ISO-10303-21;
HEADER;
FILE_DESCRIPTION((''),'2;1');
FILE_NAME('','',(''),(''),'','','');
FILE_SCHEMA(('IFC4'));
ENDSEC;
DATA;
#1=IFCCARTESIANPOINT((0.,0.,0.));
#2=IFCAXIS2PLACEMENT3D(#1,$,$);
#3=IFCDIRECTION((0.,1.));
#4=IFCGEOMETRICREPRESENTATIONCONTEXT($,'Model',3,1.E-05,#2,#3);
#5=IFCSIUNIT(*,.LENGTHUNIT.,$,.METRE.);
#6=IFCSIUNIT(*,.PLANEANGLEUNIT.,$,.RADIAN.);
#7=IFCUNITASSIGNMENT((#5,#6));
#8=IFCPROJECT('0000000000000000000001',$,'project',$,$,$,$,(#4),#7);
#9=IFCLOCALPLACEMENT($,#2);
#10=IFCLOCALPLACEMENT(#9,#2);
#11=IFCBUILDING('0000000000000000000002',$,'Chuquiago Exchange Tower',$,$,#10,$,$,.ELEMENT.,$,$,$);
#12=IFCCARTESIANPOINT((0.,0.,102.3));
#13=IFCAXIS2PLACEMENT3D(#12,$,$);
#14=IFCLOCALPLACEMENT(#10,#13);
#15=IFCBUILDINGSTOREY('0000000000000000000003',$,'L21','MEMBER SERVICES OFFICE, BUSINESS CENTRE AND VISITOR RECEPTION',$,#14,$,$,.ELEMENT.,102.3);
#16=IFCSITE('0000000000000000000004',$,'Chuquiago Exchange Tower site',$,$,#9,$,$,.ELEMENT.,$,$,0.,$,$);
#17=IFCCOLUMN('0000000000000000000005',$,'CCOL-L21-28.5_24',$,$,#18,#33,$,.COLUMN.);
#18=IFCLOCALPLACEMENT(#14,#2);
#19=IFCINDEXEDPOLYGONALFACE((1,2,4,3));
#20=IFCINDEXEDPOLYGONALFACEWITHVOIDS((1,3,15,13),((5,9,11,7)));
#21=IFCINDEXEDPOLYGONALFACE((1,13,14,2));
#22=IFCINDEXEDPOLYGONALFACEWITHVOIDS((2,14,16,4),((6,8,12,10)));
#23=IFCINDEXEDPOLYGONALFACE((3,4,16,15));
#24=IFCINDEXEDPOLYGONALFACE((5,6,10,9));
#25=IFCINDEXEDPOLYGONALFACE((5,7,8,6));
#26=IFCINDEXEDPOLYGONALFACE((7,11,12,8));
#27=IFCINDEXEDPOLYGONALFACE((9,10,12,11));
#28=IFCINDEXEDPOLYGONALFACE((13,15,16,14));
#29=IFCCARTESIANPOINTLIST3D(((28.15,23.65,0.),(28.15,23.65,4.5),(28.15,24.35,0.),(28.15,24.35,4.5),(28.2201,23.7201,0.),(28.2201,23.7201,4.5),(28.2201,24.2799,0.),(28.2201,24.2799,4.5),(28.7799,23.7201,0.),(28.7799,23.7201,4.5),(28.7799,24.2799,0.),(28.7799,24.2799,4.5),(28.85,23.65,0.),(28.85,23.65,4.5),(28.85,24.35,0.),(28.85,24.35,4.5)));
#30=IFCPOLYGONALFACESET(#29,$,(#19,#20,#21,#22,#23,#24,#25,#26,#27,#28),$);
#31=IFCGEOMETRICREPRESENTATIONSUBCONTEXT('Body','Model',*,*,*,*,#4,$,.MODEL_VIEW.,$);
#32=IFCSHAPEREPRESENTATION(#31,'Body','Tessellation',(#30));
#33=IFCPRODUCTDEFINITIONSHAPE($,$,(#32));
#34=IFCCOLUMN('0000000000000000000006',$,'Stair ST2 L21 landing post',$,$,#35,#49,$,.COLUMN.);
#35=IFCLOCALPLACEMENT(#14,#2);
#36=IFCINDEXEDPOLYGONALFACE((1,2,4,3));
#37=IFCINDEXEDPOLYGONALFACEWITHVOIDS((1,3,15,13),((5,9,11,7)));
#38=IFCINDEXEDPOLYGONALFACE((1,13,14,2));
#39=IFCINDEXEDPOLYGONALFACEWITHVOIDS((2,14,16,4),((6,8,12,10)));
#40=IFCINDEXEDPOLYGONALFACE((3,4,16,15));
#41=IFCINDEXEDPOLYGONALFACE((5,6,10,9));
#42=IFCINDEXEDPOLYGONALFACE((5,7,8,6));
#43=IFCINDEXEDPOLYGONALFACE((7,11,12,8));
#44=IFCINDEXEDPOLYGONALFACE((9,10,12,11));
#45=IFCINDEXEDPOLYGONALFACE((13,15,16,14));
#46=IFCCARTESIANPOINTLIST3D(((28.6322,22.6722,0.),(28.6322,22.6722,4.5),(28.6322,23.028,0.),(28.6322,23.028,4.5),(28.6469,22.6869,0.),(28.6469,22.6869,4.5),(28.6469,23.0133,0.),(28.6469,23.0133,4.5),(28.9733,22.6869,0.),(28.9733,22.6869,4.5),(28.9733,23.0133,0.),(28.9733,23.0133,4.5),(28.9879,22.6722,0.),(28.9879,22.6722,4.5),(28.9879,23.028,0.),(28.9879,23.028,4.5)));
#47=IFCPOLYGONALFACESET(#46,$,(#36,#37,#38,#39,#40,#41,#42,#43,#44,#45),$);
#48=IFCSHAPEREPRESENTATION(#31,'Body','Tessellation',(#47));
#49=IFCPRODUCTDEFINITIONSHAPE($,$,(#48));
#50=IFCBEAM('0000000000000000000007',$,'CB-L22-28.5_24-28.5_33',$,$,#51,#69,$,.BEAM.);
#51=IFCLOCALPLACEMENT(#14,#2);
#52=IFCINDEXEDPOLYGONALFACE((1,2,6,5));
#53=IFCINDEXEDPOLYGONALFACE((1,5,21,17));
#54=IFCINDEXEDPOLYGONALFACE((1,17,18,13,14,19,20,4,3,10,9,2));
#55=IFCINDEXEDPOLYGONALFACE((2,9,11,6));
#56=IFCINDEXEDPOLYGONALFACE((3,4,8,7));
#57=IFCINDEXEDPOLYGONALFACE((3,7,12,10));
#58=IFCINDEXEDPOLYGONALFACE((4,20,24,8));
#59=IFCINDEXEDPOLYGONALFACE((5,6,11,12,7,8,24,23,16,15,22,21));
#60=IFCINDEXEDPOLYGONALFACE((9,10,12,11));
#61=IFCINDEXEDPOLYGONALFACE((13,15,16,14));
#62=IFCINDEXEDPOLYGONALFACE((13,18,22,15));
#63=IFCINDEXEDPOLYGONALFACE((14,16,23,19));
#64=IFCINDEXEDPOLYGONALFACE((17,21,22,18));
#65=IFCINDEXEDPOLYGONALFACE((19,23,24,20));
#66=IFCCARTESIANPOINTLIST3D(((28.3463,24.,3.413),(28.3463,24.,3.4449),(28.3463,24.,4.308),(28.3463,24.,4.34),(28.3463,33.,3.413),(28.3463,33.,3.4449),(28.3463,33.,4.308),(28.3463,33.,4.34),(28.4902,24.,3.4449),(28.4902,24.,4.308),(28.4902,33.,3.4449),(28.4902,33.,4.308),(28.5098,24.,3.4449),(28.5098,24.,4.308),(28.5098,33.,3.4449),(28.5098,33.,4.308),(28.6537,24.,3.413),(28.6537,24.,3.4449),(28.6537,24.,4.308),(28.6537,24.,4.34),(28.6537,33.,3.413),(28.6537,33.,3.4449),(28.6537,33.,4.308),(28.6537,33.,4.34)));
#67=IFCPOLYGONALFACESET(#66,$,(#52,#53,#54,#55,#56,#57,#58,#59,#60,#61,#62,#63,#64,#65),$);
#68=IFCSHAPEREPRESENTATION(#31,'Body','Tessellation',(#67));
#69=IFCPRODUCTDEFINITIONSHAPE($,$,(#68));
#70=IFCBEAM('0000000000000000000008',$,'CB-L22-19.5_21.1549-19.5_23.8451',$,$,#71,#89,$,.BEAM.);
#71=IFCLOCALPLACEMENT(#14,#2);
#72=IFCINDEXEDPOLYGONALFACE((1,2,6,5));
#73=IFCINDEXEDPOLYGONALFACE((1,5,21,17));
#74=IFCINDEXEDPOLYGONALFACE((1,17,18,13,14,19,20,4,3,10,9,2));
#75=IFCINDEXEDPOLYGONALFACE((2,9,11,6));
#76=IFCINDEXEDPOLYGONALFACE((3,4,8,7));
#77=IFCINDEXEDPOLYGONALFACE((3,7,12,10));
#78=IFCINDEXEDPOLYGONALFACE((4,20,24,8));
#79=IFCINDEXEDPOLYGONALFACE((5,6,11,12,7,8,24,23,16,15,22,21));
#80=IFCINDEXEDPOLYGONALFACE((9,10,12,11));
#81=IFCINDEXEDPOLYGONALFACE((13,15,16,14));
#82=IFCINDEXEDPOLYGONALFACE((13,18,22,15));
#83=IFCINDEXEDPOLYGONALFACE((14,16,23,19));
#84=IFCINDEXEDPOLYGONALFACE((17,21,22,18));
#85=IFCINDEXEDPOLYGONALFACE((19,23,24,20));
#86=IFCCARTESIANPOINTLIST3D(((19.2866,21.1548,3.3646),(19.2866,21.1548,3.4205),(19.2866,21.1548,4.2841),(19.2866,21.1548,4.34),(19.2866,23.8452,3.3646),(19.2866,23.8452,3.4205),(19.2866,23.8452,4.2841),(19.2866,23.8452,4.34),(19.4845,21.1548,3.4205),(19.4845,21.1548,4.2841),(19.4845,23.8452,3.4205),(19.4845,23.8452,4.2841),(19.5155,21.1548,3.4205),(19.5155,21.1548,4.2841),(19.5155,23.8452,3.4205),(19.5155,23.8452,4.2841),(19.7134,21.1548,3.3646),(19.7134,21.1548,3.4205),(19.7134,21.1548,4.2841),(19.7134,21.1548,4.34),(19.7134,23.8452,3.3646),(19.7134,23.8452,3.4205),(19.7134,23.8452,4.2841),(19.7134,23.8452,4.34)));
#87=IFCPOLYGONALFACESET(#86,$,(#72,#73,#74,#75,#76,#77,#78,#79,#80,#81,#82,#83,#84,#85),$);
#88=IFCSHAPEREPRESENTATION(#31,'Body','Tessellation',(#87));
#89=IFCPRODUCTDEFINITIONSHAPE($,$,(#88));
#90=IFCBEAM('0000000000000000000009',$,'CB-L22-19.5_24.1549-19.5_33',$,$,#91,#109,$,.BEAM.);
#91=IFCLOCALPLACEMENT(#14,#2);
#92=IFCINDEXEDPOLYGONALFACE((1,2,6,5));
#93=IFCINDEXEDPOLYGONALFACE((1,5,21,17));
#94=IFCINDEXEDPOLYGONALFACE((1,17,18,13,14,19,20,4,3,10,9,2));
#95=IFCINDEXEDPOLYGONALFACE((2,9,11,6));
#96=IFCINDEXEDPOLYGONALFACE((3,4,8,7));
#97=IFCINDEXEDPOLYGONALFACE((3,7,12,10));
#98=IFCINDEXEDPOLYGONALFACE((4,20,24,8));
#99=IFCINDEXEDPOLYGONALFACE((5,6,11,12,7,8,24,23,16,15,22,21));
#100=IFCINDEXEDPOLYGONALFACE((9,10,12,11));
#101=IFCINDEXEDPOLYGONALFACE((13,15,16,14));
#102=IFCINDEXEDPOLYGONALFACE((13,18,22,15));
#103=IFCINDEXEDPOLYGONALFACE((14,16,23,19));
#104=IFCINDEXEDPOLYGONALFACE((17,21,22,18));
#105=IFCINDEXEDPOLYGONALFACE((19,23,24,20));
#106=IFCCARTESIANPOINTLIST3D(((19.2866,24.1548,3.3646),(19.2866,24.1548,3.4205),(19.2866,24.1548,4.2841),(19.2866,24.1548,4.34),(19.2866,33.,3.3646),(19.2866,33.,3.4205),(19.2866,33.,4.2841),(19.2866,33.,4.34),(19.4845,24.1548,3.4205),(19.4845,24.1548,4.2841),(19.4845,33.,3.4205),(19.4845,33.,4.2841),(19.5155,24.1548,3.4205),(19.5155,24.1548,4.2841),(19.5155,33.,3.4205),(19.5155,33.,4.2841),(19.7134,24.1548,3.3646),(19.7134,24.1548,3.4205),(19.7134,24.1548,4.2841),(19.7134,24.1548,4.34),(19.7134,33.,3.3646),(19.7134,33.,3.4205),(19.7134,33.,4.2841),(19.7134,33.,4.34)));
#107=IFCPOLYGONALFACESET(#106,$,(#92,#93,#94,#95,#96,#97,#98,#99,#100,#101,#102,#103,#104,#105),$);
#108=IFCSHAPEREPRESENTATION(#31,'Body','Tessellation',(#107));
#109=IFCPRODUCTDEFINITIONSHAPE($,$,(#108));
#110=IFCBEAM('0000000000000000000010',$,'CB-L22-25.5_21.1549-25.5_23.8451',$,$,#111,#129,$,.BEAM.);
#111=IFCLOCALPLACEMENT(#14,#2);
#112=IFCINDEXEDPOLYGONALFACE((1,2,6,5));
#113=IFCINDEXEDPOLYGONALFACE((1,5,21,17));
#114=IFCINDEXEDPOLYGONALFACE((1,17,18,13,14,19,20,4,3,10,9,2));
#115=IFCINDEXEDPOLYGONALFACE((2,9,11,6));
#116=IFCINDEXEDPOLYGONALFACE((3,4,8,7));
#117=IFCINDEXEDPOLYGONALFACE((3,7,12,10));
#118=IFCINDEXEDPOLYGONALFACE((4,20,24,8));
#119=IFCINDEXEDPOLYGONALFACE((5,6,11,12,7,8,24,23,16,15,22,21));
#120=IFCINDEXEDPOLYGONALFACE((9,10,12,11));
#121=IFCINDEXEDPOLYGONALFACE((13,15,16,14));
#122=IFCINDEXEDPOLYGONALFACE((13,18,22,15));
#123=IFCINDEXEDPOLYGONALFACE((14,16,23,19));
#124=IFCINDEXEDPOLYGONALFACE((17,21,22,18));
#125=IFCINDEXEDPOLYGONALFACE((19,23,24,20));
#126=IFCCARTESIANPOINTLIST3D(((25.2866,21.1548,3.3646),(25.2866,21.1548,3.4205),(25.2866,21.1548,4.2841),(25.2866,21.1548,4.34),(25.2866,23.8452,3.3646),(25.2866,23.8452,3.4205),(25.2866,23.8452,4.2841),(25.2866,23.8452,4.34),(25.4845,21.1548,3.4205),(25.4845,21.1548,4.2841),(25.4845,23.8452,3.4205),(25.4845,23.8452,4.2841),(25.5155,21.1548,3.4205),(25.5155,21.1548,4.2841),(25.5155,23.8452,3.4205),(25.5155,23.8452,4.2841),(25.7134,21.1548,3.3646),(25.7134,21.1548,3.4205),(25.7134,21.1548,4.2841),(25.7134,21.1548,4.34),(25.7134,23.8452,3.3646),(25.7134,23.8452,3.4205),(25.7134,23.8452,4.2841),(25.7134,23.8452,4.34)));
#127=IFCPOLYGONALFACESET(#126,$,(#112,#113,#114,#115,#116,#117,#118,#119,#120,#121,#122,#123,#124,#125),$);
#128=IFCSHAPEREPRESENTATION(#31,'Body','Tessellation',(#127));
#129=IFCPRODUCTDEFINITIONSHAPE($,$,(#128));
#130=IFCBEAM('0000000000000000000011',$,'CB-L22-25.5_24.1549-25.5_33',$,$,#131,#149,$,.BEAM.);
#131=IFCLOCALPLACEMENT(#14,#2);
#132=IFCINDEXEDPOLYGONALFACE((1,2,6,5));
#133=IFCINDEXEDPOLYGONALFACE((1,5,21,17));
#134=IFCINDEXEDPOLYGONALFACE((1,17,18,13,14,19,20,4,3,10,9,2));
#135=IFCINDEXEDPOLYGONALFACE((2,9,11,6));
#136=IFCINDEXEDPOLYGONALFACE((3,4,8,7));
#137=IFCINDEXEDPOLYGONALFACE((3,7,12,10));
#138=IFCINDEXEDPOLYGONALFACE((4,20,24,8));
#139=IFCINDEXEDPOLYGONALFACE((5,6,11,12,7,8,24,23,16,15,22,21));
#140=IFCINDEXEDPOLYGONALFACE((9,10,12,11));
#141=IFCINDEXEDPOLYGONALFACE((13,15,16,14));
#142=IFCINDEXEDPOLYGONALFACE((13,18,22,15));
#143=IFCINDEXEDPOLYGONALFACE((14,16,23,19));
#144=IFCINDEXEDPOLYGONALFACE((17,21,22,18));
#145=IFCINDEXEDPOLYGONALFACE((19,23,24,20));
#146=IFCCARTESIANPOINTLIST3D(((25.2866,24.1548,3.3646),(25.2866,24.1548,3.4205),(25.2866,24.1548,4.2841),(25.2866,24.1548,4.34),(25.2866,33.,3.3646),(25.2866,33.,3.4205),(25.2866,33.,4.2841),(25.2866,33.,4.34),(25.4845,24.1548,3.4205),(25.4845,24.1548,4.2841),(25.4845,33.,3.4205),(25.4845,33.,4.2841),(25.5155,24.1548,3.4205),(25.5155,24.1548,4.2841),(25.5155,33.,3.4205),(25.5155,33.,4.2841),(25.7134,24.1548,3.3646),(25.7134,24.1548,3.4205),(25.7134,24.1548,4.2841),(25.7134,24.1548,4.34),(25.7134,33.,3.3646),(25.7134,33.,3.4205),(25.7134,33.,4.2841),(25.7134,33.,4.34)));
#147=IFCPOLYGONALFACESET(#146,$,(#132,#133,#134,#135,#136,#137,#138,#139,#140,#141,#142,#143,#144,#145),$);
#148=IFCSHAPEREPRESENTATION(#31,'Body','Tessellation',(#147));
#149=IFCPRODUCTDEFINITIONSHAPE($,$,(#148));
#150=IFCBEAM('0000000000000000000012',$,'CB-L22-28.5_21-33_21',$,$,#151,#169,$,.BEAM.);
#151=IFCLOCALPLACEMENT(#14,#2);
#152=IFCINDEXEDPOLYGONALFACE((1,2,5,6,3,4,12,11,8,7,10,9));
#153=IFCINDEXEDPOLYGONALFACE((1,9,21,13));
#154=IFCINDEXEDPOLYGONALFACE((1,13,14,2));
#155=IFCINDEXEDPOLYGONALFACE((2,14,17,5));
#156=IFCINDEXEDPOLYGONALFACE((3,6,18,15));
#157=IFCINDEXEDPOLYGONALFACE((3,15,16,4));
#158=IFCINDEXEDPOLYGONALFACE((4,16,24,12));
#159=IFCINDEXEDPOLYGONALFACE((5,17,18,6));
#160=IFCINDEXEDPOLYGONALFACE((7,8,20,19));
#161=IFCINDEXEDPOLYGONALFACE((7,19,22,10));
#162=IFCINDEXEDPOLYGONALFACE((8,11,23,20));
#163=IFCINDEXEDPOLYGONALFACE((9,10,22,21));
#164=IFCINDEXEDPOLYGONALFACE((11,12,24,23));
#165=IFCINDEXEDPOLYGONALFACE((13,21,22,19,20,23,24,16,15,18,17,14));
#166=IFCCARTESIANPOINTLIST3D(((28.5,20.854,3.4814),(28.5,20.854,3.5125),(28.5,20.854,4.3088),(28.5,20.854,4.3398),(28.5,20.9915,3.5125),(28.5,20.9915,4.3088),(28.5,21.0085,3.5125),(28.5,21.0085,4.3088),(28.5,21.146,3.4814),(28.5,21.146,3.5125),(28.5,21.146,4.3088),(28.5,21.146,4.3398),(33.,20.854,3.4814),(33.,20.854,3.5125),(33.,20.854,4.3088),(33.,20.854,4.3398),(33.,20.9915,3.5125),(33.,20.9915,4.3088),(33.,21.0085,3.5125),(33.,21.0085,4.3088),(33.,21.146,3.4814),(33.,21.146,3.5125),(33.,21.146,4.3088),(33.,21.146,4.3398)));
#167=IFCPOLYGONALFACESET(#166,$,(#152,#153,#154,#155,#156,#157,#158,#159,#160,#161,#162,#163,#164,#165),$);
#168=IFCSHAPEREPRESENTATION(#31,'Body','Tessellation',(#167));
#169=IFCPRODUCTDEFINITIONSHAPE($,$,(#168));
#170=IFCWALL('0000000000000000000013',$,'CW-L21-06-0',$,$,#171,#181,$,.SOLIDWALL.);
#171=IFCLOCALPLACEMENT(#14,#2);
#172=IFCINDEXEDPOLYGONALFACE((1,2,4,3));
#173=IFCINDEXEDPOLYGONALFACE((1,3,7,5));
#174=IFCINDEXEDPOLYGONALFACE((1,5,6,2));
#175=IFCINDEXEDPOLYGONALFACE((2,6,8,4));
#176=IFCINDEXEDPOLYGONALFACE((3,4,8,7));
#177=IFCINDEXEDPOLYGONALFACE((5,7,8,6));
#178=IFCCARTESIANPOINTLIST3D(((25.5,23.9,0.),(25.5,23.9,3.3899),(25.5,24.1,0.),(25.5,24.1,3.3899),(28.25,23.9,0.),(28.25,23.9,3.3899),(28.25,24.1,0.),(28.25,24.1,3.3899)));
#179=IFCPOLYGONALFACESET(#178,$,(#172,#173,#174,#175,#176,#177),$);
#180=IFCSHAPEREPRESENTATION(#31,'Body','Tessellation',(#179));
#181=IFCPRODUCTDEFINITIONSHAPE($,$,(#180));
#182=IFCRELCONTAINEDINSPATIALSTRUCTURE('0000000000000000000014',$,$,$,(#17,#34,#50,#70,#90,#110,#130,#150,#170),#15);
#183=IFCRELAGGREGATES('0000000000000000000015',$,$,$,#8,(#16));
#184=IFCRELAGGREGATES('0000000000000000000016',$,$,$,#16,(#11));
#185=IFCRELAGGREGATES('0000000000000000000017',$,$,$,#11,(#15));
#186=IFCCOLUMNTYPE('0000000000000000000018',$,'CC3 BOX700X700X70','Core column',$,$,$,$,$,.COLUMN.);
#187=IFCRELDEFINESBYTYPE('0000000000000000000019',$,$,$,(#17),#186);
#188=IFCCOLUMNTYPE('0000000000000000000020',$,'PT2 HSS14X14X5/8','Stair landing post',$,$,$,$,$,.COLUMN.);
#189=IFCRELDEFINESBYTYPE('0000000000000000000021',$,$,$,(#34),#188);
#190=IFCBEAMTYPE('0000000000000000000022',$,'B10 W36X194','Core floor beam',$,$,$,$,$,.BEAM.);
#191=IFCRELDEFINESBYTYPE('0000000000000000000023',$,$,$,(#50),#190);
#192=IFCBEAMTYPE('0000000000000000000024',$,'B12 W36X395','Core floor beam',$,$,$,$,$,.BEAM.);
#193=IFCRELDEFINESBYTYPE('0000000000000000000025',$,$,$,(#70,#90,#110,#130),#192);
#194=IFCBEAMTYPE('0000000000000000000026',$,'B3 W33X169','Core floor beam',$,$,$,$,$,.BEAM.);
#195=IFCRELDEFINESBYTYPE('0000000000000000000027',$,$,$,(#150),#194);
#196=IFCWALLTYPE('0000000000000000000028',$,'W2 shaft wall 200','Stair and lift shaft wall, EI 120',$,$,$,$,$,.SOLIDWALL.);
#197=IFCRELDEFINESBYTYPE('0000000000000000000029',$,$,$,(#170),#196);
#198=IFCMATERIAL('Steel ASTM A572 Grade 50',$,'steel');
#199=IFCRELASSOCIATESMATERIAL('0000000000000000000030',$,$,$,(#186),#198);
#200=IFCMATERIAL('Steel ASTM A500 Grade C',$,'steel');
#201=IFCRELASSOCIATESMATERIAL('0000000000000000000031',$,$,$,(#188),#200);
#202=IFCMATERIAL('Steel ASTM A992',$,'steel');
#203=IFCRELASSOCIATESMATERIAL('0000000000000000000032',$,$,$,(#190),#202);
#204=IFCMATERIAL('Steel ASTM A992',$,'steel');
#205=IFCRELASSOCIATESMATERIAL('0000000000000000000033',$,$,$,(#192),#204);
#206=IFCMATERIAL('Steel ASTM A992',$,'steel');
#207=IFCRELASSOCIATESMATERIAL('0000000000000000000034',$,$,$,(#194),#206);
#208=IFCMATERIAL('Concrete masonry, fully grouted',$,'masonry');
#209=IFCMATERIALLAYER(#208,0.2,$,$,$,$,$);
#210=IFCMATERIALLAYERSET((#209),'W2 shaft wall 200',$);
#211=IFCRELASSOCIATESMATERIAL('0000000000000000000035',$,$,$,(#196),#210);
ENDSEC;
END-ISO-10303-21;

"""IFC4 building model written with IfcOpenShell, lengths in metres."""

from ifc_helpers import new_model, si_unit, direction, frame, frame_2d, origin, origin_2d, place, context, subcontext, project, spatial, rectangle, hollow_rectangle, i_section, extrude, material, layer, layer_set, material_profile, profile_set, type_object, element, save


model = new_model("IFC4")

# Units and contexts
model_context = context("Model", 3, precision=1e-05, world=origin(), true_north=direction((0.0, 1.0)))
body_context = subcontext(model_context, "Body", "Model", "MODEL_VIEW")
ifc_project = project(units=[si_unit("LENGTHUNIT", "METRE"), si_unit("PLANEANGLEUNIT", "RADIAN")], contexts=[model_context])

# Site, building, storey
site_placement = place(None, origin())
site = spatial("IfcSite", under=ifc_project, at=site_placement, Name="Chuquiago Exchange Tower site", CompositionType="ELEMENT", RefElevation=0.0)
building_placement = place(site_placement, origin())
building = spatial("IfcBuilding", under=site, at=building_placement, Name="Chuquiago Exchange Tower", CompositionType="ELEMENT")
storey_placement = place(building_placement, frame((0.0, 0.0, 102.3)))
storey = spatial("IfcBuildingStorey", under=building, at=storey_placement, Name="L21", Description="MEMBER SERVICES OFFICE, BUSINESS CENTRE AND VISITOR RECEPTION", CompositionType="ELEMENT", Elevation=102.3)

# Columns
ifc_material_1 = material(Name="Steel ASTM A572 Grade 50", Category="steel")
ifc_material_profile_1 = material_profile(ifc_material_1, hollow_rectangle(XDim=0.7, YDim=0.7, WallThickness=0.0701, at=origin_2d()), Name="BOX700X700X70")
ifc_profile_set_1 = profile_set([ifc_material_profile_1], Name="Steel ASTM A572 Grade 50")
column_type_1 = type_object("IfcColumnType", Name="CC3 BOX700X700X70", Description="Core column", PredefinedType="COLUMN", material=ifc_profile_set_1)
column_1_placement = place(storey_placement, frame((28.5, 24.0, 0.0), z_axis=(0.0, 0.0, 1.0), x_axis=(1.0, 0.0, 0.0)))
element("IfcColumn", 1, at=column_1_placement, inside=storey, type_object=column_type_1, Name="CCOL-L21-28.5_24", PredefinedType="COLUMN", context=body_context, shape_type="SweptSolid", body=[
    extrude(hollow_rectangle(XDim=0.7, YDim=0.7, WallThickness=0.0701, at=origin_2d()), origin(), (0.0, 0.0, 1.0), 4.5),
])
ifc_material_2 = material(Name="Steel ASTM A500 Grade C", Category="steel")
ifc_material_profile_2 = material_profile(ifc_material_2, hollow_rectangle(XDim=0.3557, YDim=0.3557, WallThickness=0.0146, at=origin_2d()), Name="HSS14X14X5/8")
ifc_profile_set_2 = profile_set([ifc_material_profile_2], Name="Steel ASTM A500 Grade C")
column_type_2 = type_object("IfcColumnType", Name="PT2 HSS14X14X5/8", Description="Stair landing post", PredefinedType="COLUMN", material=ifc_profile_set_2)
column_2_placement = place(storey_placement, frame((28.8101, 22.8501, 0.0), z_axis=(0.0, 0.0, 1.0), x_axis=(1.0, 0.0, 0.0)))
element("IfcColumn", 2, at=column_2_placement, inside=storey, type_object=column_type_2, Name="Stair ST2 L21 landing post", PredefinedType="COLUMN", context=body_context, shape_type="SweptSolid", body=[
    extrude(hollow_rectangle(XDim=0.3557, YDim=0.3557, WallThickness=0.0146, at=origin_2d()), origin(), (0.0, 0.0, 1.0), 4.5),
])

# Beams
ifc_material_3 = material(Name="Steel ASTM A992", Category="steel")
ifc_material_profile_3 = material_profile(ifc_material_3, i_section(OverallWidth=0.3074, OverallDepth=0.927, WebThickness=0.0195, FlangeThickness=0.032, at=origin_2d()), Name="W36X194")
ifc_profile_set_3 = profile_set([ifc_material_profile_3], Name="Steel ASTM A992")
beam_type_1 = type_object("IfcBeamType", Name="B10 W36X194", Description="Core floor beam", PredefinedType="BEAM", material=ifc_profile_set_3)
beam_1_placement = place(storey_placement, frame((28.5, 24.0, 3.8765), z_axis=(0.0, 1.0, 0.0), x_axis=(-1.0, 0.0, 0.0)))
element("IfcBeam", 3, at=beam_1_placement, inside=storey, type_object=beam_type_1, Name="CB-L22-28.5_24-28.5_33", PredefinedType="BEAM", context=body_context, shape_type="SweptSolid", body=[
    extrude(i_section(OverallWidth=0.3074, OverallDepth=0.927, WebThickness=0.0195, FlangeThickness=0.032, at=origin_2d()), origin(), (0.0, 0.0, 1.0), 9.0),
])
ifc_material_4 = material(Name="Steel ASTM A992", Category="steel")
ifc_material_profile_4 = material_profile(ifc_material_4, i_section(OverallWidth=0.4268, OverallDepth=0.9753, WebThickness=0.031, FlangeThickness=0.0559, at=origin_2d()), Name="W36X395")
ifc_profile_set_4 = profile_set([ifc_material_profile_4], Name="Steel ASTM A992")
beam_type_2 = type_object("IfcBeamType", Name="B12 W36X395", Description="Core floor beam", PredefinedType="BEAM", material=ifc_profile_set_4)
beam_2_placement = place(storey_placement, frame((19.5, 21.1548, 3.8523), z_axis=(0.0, 1.0, 0.0), x_axis=(-1.0, 0.0, 0.0)))
element("IfcBeam", 4, at=beam_2_placement, inside=storey, type_object=beam_type_2, Name="CB-L22-19.5_21.1549-19.5_23.8451", PredefinedType="BEAM", context=body_context, shape_type="SweptSolid", body=[
    extrude(i_section(OverallWidth=0.4268, OverallDepth=0.9753, WebThickness=0.031, FlangeThickness=0.0559, at=origin_2d()), origin(), (0.0, 0.0, 1.0), 2.6904),
])
beam_3_placement = place(storey_placement, frame((19.5, 24.1548, 3.8523), z_axis=(0.0, 1.0, 0.0), x_axis=(-1.0, 0.0, 0.0)))
element("IfcBeam", 5, at=beam_3_placement, inside=storey, type_object=beam_type_2, Name="CB-L22-19.5_24.1549-19.5_33", PredefinedType="BEAM", context=body_context, shape_type="SweptSolid", body=[
    extrude(i_section(OverallWidth=0.4268, OverallDepth=0.9753, WebThickness=0.031, FlangeThickness=0.0559, at=origin_2d()), origin(), (0.0, 0.0, 1.0), 8.8452),
])
beam_4_placement = place(storey_placement, frame((25.5, 21.1548, 3.8523), z_axis=(0.0, 1.0, 0.0), x_axis=(-1.0, 0.0, 0.0)))
element("IfcBeam", 6, at=beam_4_placement, inside=storey, type_object=beam_type_2, Name="CB-L22-25.5_21.1549-25.5_23.8451", PredefinedType="BEAM", context=body_context, shape_type="SweptSolid", body=[
    extrude(i_section(OverallWidth=0.4268, OverallDepth=0.9753, WebThickness=0.031, FlangeThickness=0.0559, at=origin_2d()), origin(), (0.0, 0.0, 1.0), 2.6904),
])
beam_5_placement = place(storey_placement, frame((25.5, 24.1548, 3.8523), z_axis=(0.0, 1.0, 0.0), x_axis=(-1.0, 0.0, 0.0)))
element("IfcBeam", 7, at=beam_5_placement, inside=storey, type_object=beam_type_2, Name="CB-L22-25.5_24.1549-25.5_33", PredefinedType="BEAM", context=body_context, shape_type="SweptSolid", body=[
    extrude(i_section(OverallWidth=0.4268, OverallDepth=0.9753, WebThickness=0.031, FlangeThickness=0.0559, at=origin_2d()), origin(), (0.0, 0.0, 1.0), 8.8452),
])
ifc_material_5 = material(Name="Steel ASTM A992", Category="steel")
ifc_material_profile_5 = material_profile(ifc_material_5, i_section(OverallWidth=0.292, OverallDepth=0.8584, WebThickness=0.0171, FlangeThickness=0.031, at=origin_2d()), Name="W33X169")
ifc_profile_set_5 = profile_set([ifc_material_profile_5], Name="Steel ASTM A992")
beam_type_3 = type_object("IfcBeamType", Name="B3 W33X169", Description="Core floor beam", PredefinedType="BEAM", material=ifc_profile_set_5)
beam_6_placement = place(storey_placement, frame((28.5, 21.0, 3.9106), z_axis=(1.0, 0.0, 0.0), x_axis=(0.0, 1.0, 0.0)))
element("IfcBeam", 8, at=beam_6_placement, inside=storey, type_object=beam_type_3, Name="CB-L22-28.5_21-33_21", PredefinedType="BEAM", context=body_context, shape_type="SweptSolid", body=[
    extrude(i_section(OverallWidth=0.292, OverallDepth=0.8584, WebThickness=0.0171, FlangeThickness=0.031, at=origin_2d()), origin(), (0.0, 0.0, 1.0), 4.5),
])

# Wall
ifc_material_6 = material(Name="Concrete masonry, fully grouted", Category="masonry")
ifc_layer = layer(ifc_material_6, 0.2)
ifc_layer_set = layer_set([ifc_layer], Name="W2 shaft wall 200")
wall_type = type_object("IfcWallType", Name="W2 shaft wall 200", Description="Stair and lift shaft wall, EI 120", PredefinedType="SOLIDWALL", material=ifc_layer_set)
wall_1_placement = place(storey_placement, frame((25.5, 24.0, 0.0), z_axis=(0.0, 0.0, 1.0), x_axis=(1.0, 0.0, 0.0)))
element("IfcWall", 9, at=wall_1_placement, inside=storey, type_object=wall_type, Name="CW-L21-06-0", PredefinedType="SOLIDWALL", context=body_context, shape_type="SweptSolid", body=[
    extrude(rectangle(XDim=2.75, YDim=0.2, at=frame_2d((1.375, 0.0))), origin(), (0.0, 0.0, 1.0), 3.3899),
])

save(model, "model.ifc")
